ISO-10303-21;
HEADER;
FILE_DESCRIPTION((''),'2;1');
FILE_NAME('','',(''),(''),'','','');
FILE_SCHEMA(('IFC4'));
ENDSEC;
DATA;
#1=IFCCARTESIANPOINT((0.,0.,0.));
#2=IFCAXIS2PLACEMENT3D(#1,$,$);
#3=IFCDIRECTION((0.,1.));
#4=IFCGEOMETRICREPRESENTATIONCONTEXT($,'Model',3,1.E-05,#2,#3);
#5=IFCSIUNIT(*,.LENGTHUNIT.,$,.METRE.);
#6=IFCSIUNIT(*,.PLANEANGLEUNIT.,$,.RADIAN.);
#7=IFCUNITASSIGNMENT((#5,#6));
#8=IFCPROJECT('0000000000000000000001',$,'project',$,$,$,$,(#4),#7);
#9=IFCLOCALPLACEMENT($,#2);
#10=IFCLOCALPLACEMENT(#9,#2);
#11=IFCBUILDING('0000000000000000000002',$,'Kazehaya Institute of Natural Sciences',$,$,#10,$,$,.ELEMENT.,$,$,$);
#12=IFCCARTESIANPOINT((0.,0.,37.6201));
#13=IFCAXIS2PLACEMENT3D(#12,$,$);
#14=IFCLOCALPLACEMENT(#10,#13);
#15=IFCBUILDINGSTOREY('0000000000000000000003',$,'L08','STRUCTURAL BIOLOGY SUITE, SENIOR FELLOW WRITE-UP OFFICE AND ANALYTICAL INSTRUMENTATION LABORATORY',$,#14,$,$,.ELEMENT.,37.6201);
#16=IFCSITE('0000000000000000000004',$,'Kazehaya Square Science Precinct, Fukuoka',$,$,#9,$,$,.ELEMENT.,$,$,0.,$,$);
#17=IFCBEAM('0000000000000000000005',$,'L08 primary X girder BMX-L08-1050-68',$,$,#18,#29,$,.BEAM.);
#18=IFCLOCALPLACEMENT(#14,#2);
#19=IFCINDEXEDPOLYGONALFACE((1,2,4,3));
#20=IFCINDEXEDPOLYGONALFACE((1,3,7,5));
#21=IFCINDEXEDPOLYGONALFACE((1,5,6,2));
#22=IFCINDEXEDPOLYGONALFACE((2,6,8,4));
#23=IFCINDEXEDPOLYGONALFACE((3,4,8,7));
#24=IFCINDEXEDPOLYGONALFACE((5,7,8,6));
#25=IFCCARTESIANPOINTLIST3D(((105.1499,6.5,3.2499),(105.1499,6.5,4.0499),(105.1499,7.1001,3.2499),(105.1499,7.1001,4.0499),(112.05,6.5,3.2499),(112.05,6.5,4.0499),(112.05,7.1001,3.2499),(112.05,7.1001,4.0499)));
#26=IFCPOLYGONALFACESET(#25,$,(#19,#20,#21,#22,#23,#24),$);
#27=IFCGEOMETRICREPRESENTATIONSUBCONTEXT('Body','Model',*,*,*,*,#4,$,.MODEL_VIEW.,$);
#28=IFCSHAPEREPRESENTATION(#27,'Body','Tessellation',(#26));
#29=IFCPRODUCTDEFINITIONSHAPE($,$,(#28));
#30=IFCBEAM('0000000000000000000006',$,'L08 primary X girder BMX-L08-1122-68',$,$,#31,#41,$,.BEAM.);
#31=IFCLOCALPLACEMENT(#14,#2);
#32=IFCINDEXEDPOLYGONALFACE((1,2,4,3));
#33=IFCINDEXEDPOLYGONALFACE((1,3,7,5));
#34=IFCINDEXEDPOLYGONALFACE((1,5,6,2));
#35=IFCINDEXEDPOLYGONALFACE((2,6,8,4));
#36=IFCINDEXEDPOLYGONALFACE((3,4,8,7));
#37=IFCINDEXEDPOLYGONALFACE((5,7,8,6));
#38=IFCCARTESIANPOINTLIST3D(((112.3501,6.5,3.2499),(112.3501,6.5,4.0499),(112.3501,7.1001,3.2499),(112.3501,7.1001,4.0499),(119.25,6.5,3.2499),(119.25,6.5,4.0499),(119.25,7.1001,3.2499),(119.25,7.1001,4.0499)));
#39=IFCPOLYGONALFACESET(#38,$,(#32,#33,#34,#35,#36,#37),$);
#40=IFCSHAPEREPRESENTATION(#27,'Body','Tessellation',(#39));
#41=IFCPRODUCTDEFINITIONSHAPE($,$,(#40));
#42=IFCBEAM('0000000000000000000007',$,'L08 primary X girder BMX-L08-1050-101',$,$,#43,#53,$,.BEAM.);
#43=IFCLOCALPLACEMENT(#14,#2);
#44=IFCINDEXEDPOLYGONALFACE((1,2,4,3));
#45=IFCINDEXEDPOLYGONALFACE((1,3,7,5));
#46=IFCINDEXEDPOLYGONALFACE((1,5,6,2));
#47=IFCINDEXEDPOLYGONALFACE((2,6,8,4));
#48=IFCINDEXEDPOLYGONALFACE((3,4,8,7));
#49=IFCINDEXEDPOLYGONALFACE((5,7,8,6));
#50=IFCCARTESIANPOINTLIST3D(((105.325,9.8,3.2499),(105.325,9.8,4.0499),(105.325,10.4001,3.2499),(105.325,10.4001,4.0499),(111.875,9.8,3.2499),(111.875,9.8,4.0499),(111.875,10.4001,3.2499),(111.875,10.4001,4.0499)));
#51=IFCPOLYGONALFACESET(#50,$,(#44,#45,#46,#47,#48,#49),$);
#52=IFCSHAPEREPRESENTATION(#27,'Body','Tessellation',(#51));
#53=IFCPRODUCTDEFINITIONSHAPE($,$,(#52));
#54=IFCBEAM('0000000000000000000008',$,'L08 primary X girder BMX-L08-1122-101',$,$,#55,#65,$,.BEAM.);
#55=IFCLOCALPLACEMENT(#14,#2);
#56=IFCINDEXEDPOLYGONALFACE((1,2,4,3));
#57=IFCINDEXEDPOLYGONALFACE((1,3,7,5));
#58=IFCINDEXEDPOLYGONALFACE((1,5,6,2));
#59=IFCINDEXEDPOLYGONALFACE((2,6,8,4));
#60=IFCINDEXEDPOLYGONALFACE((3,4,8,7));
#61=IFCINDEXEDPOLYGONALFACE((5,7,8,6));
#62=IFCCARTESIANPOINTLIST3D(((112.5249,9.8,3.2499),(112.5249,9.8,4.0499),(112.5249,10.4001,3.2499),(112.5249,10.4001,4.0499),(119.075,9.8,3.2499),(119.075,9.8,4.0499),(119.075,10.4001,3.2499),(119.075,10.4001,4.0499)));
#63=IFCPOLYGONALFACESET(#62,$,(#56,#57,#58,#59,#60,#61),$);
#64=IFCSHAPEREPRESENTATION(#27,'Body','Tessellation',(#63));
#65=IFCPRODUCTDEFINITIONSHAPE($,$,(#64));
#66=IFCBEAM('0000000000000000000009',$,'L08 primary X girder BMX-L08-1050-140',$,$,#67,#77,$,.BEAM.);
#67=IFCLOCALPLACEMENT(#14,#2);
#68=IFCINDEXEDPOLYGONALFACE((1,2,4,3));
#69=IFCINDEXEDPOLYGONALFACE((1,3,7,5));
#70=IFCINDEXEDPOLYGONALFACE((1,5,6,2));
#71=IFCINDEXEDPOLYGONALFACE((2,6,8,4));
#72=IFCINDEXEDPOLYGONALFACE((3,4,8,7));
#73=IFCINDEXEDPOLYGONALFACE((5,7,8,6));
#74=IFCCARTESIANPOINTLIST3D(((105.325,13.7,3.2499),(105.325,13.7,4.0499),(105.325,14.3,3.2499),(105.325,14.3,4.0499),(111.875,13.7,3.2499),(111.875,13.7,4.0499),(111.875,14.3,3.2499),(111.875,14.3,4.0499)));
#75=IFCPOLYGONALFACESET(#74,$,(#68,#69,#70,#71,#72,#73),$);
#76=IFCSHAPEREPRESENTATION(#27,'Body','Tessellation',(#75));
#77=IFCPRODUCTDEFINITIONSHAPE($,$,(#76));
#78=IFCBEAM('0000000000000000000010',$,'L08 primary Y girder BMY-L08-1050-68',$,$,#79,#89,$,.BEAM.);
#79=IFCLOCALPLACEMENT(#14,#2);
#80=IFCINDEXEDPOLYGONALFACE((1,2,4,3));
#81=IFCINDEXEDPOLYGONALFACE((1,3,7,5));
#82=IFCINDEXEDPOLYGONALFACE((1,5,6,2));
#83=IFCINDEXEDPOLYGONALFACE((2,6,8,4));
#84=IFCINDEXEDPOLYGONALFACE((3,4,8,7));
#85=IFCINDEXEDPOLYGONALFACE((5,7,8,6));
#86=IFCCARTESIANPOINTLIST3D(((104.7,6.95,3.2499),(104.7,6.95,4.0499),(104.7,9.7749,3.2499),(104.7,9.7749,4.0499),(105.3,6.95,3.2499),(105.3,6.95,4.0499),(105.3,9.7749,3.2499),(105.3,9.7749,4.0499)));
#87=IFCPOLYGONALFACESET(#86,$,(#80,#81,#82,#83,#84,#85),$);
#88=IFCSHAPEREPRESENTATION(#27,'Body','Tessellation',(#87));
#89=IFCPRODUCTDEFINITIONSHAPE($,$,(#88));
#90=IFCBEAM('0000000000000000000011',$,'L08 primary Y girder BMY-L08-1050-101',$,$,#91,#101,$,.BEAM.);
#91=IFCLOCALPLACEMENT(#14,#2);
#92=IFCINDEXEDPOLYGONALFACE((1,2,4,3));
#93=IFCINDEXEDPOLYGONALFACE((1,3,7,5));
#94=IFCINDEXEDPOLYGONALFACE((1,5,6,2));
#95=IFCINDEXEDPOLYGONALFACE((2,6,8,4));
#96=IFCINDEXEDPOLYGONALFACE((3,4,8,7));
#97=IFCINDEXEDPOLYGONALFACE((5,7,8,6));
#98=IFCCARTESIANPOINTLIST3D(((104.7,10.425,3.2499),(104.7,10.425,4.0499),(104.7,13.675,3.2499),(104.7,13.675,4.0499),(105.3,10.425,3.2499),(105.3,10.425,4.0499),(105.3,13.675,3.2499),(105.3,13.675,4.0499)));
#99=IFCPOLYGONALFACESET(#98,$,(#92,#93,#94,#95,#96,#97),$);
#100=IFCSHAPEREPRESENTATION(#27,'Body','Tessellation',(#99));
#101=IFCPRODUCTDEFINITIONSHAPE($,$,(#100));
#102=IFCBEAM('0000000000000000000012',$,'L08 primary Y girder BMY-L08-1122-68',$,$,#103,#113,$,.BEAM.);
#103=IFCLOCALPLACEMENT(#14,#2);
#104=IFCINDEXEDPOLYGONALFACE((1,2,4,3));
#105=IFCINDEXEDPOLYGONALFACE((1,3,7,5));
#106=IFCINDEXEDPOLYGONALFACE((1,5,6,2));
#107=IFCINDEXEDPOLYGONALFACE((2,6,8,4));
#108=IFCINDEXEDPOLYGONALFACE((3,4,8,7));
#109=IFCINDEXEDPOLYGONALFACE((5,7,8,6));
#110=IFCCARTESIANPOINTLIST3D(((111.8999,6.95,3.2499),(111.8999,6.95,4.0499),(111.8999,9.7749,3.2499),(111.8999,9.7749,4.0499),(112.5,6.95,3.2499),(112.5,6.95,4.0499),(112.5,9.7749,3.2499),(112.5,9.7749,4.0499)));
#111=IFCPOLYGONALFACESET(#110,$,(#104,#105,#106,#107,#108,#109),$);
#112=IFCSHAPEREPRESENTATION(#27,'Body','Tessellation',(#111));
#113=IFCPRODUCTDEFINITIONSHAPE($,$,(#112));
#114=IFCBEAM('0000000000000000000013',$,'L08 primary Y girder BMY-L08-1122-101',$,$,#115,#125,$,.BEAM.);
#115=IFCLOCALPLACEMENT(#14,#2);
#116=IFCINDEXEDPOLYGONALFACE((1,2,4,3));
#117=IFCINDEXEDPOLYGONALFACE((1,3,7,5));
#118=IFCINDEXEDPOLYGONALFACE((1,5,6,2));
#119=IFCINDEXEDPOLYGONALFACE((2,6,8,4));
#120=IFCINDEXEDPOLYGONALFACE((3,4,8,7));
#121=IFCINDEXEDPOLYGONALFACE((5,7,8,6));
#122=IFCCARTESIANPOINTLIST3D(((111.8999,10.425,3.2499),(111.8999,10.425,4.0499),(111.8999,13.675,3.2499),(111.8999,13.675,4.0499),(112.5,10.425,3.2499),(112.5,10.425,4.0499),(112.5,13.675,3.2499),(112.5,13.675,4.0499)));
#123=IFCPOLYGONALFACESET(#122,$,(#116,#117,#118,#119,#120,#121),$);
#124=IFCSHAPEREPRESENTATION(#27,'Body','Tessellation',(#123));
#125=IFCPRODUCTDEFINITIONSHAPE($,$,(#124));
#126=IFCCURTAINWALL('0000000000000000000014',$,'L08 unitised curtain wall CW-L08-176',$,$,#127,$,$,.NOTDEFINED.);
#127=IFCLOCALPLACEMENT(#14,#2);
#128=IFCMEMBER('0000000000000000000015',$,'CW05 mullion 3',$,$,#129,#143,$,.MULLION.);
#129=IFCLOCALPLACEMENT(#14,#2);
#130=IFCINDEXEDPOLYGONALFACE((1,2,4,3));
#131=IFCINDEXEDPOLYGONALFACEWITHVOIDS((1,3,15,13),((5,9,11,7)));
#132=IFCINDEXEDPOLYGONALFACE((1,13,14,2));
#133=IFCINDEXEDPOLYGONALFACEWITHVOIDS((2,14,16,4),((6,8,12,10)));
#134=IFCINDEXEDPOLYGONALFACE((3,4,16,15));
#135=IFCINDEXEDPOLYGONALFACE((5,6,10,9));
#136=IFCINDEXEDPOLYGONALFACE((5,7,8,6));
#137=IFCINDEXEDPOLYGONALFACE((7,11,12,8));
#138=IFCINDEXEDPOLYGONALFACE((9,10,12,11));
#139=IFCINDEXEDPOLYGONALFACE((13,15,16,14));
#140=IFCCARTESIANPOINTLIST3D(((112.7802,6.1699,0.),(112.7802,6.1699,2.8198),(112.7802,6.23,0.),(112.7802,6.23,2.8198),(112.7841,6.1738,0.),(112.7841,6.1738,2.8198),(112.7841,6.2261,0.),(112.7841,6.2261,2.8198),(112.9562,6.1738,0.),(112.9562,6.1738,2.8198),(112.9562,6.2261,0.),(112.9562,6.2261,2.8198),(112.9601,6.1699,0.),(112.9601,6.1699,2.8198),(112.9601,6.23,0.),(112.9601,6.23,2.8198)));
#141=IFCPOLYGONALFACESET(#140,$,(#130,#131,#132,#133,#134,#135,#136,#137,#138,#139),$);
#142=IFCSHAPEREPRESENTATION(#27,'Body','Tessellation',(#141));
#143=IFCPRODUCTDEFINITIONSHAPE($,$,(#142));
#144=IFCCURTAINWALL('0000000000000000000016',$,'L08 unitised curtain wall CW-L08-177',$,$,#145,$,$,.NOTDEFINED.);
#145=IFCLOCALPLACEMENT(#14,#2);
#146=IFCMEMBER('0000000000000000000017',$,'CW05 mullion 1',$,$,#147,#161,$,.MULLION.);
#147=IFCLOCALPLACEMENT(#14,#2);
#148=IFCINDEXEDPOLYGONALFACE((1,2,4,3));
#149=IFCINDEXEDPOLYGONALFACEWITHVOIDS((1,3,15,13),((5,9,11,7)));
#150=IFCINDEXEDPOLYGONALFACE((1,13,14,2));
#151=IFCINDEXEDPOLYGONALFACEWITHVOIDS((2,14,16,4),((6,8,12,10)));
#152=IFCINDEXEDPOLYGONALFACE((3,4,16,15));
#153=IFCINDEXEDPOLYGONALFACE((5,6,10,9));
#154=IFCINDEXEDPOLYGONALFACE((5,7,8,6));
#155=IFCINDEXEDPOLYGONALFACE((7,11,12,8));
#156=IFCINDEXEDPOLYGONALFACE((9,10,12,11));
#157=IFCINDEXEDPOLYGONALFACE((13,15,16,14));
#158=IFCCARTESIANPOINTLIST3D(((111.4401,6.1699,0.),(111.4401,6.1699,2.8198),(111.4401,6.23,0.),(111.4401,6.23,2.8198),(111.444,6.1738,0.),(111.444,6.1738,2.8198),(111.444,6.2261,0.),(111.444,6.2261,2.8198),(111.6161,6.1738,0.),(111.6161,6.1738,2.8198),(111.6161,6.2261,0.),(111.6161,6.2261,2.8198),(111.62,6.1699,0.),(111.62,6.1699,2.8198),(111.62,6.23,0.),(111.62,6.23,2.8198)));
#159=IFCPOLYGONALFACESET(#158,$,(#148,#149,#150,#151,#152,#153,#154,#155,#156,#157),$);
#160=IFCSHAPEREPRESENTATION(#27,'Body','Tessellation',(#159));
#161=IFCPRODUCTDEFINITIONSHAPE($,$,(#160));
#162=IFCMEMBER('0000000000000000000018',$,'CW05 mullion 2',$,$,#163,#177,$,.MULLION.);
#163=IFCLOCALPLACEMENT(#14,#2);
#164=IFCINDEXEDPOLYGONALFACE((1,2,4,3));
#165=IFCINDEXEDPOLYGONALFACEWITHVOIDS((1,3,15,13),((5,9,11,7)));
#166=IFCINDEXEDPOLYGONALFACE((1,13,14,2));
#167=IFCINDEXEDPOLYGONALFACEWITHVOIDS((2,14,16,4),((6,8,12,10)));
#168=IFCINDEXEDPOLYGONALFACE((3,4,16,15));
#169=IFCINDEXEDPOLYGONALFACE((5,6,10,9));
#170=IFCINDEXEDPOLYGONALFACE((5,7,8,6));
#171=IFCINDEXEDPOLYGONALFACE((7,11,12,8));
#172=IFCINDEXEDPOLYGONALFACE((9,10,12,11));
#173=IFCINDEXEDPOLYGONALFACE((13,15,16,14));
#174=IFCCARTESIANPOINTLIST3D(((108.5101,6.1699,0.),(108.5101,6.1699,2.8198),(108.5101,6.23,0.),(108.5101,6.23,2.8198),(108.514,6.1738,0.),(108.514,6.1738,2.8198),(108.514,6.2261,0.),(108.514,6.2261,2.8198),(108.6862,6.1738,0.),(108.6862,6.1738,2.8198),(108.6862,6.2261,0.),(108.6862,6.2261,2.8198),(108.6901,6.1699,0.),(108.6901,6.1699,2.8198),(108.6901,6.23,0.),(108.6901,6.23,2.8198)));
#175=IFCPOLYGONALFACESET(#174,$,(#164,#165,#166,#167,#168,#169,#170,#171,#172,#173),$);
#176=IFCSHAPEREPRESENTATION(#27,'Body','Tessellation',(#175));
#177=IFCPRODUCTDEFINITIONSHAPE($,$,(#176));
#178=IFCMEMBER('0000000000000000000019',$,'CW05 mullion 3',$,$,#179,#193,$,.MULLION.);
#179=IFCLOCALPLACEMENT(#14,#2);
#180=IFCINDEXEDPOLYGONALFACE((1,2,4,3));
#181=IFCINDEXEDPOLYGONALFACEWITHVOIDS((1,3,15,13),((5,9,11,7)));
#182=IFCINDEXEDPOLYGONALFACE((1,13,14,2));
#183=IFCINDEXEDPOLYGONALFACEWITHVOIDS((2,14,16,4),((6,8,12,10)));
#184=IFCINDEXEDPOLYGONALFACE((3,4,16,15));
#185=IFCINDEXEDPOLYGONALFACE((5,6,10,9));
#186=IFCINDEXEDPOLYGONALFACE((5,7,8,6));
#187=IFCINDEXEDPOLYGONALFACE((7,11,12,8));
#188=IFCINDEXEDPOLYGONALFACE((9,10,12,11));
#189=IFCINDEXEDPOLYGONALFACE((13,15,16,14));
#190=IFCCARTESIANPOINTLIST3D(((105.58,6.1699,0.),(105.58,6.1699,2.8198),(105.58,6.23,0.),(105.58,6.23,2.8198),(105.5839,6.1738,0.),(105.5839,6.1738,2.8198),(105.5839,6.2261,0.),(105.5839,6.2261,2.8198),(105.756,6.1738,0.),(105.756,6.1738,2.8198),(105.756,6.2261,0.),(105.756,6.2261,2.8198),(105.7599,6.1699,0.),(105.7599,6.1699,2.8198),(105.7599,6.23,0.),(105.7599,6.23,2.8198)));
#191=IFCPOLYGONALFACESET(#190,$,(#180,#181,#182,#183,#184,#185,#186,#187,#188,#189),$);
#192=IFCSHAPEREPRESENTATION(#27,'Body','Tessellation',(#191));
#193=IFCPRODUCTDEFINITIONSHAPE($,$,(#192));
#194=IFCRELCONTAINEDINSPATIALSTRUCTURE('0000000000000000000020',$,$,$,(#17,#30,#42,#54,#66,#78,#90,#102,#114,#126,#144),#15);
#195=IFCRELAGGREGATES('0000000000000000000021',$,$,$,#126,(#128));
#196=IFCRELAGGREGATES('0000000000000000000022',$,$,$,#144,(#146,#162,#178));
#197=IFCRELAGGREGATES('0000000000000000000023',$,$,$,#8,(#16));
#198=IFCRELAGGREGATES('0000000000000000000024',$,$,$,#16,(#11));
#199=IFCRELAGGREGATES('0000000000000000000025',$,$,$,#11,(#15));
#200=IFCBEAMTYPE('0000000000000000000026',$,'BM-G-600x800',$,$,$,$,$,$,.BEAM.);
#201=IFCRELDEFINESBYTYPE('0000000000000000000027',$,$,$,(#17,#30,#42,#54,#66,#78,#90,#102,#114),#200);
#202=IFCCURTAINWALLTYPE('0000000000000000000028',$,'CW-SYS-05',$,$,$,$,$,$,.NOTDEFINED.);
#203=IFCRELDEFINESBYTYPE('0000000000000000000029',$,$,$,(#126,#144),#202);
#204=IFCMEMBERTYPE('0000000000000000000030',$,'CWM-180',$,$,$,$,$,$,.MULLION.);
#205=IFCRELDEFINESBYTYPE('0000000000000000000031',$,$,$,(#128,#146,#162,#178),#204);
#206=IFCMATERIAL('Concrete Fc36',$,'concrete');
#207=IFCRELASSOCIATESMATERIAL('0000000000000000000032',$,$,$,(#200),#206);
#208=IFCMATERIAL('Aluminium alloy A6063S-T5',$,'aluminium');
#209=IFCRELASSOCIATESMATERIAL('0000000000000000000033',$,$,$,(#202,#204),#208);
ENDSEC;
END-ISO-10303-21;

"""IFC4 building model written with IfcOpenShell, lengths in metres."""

from ifc_helpers import new_model, si_unit, direction, frame, origin, origin_2d, place, context, subcontext, project, spatial, rectangle, hollow_rectangle, extrude, material, material_profile, profile_set, type_object, element, aggregate, save


model = new_model("IFC4")

# Units and contexts
model_context = context("Model", 3, precision=1e-05, world=origin(), true_north=direction((0.0, 1.0)))
body_context = subcontext(model_context, "Body", "Model", "MODEL_VIEW")
ifc_project = project(units=[si_unit("LENGTHUNIT", "METRE"), si_unit("PLANEANGLEUNIT", "RADIAN")], contexts=[model_context])

# Site, building, storey
site_placement = place(None, origin())
site = spatial("IfcSite", under=ifc_project, at=site_placement, Name="Kazehaya Square Science Precinct, Fukuoka", CompositionType="ELEMENT", RefElevation=0.0)
building_placement = place(site_placement, origin())
building = spatial("IfcBuilding", under=site, at=building_placement, Name="Kazehaya Institute of Natural Sciences", CompositionType="ELEMENT")
storey_placement = place(building_placement, frame((0.0, 0.0, 37.6201)))
storey = spatial("IfcBuildingStorey", under=building, at=storey_placement, Name="L08", Description="STRUCTURAL BIOLOGY SUITE, SENIOR FELLOW WRITE-UP OFFICE AND ANALYTICAL INSTRUMENTATION LABORATORY", CompositionType="ELEMENT", Elevation=37.6201)

# Shared definitions
ifc_material_1 = material(Name="Concrete Fc36", Category="concrete")

# Beams
ifc_material_profile_1 = material_profile(ifc_material_1, rectangle(XDim=0.6001, YDim=0.8, at=origin_2d()), Name="RC-600x800")
ifc_profile_set_1 = profile_set([ifc_material_profile_1], Name="Concrete Fc36")
beam_type = type_object("IfcBeamType", Name="BM-G-600x800", PredefinedType="BEAM", material=ifc_profile_set_1)
beam_1_placement = place(storey_placement, frame((105.1499, 6.8, 3.6499), z_axis=(1.0, 0.0, 0.0), x_axis=(0.0, 1.0, 0.0)))
element("IfcBeam", 1, at=beam_1_placement, inside=storey, type_object=beam_type, Name="L08 primary X girder BMX-L08-1050-68", PredefinedType="BEAM", context=body_context, shape_type="SweptSolid", body=[
    extrude(rectangle(XDim=0.6001, YDim=0.8, at=origin_2d()), origin(), (0.0, 0.0, 1.0), 6.9001),
])
beam_2_placement = place(storey_placement, frame((112.3501, 6.8, 3.6499), z_axis=(1.0, 0.0, 0.0), x_axis=(0.0, 1.0, 0.0)))
element("IfcBeam", 2, at=beam_2_placement, inside=storey, type_object=beam_type, Name="L08 primary X girder BMX-L08-1122-68", PredefinedType="BEAM", context=body_context, shape_type="SweptSolid", body=[
    extrude(rectangle(XDim=0.6001, YDim=0.8, at=origin_2d()), origin(), (0.0, 0.0, 1.0), 6.8999),
])
for number, where, z_axis, x_axis, name in (
    (3, (105.325, 10.1001, 3.6499), (1.0, 0.0, 0.0), (0.0, 1.0, 0.0), "L08 primary X girder BMX-L08-1050-101"),
    (4, (112.5249, 10.1001, 3.6499), (1.0, 0.0, 0.0), (0.0, 1.0, 0.0), "L08 primary X girder BMX-L08-1122-101"),
    (5, (105.325, 14.0, 3.6499), (1.0, 0.0, 0.0), (0.0, 1.0, 0.0), "L08 primary X girder BMX-L08-1050-140"),
):
    element("IfcBeam", number, at=place(storey_placement, frame(where, z_axis=z_axis, x_axis=x_axis)), inside=storey, type_object=beam_type, Name=name, PredefinedType="BEAM", context=body_context, shape_type="SweptSolid", body=[
        extrude(rectangle(XDim=0.6001, YDim=0.8, at=origin_2d()), origin(), (0.0, 0.0, 1.0), 6.55),
    ])
beam_3_placement = place(storey_placement, frame((105.0, 6.95, 3.6499), z_axis=(0.0, 1.0, 0.0), x_axis=(-1.0, 0.0, 0.0)))
element("IfcBeam", 6, at=beam_3_placement, inside=storey, type_object=beam_type, Name="L08 primary Y girder BMY-L08-1050-68", PredefinedType="BEAM", context=body_context, shape_type="SweptSolid", body=[
    extrude(rectangle(XDim=0.6001, YDim=0.8, at=origin_2d()), origin(), (0.0, 0.0, 1.0), 2.825),
])
beam_4_placement = place(storey_placement, frame((105.0, 10.425, 3.6499), z_axis=(0.0, 1.0, 0.0), x_axis=(-1.0, 0.0, 0.0)))
element("IfcBeam", 7, at=beam_4_placement, inside=storey, type_object=beam_type, Name="L08 primary Y girder BMY-L08-1050-101", PredefinedType="BEAM", context=body_context, shape_type="SweptSolid", body=[
    extrude(rectangle(XDim=0.6001, YDim=0.8, at=origin_2d()), origin(), (0.0, 0.0, 1.0), 3.25),
])
beam_5_placement = place(storey_placement, frame((112.2, 6.95, 3.6499), z_axis=(0.0, 1.0, 0.0), x_axis=(-1.0, 0.0, 0.0)))
element("IfcBeam", 8, at=beam_5_placement, inside=storey, type_object=beam_type, Name="L08 primary Y girder BMY-L08-1122-68", PredefinedType="BEAM", context=body_context, shape_type="SweptSolid", body=[
    extrude(rectangle(XDim=0.6001, YDim=0.8, at=origin_2d()), origin(), (0.0, 0.0, 1.0), 2.825),
])
beam_6_placement = place(storey_placement, frame((112.2, 10.425, 3.6499), z_axis=(0.0, 1.0, 0.0), x_axis=(-1.0, 0.0, 0.0)))
element("IfcBeam", 9, at=beam_6_placement, inside=storey, type_object=beam_type, Name="L08 primary Y girder BMY-L08-1122-101", PredefinedType="BEAM", context=body_context, shape_type="SweptSolid", body=[
    extrude(rectangle(XDim=0.6001, YDim=0.8, at=origin_2d()), origin(), (0.0, 0.0, 1.0), 3.25),
])

# Curtain wall, member
ifc_material_2 = material(Name="Aluminium alloy A6063S-T5", Category="aluminium")
curtain_wall_type = type_object("IfcCurtainWallType", Name="CW-SYS-05", PredefinedType="NOTDEFINED", material=ifc_material_2)
curtain_wall_1_placement = place(storey_placement, origin())
curtain_wall_1 = element("IfcCurtainWall", 10, at=curtain_wall_1_placement, inside=storey, type_object=curtain_wall_type, Name="L08 unitised curtain wall CW-L08-176", PredefinedType="NOTDEFINED")
ifc_material_profile_2 = material_profile(ifc_material_2, hollow_rectangle(XDim=0.0601, YDim=0.1799, WallThickness=0.0039, at=origin_2d()), Name="ALU-60x180x4")
ifc_profile_set_2 = profile_set([ifc_material_profile_2], Name="Aluminium alloy A6063S-T5")
member_type_1 = type_object("IfcMemberType", Name="CWM-180", PredefinedType="MULLION", material=ifc_profile_set_2)
member_1_placement = place(storey_placement, frame((112.8701, 6.2, 0.0), z_axis=(0.0, 0.0, 1.0), x_axis=(0.0, -1.0, 0.0)))
member_1 = element("IfcMember", 11, at=member_1_placement, type_object=member_type_1, Name="CW05 mullion 3", PredefinedType="MULLION", context=body_context, shape_type="SweptSolid", body=[
    extrude(hollow_rectangle(XDim=0.0601, YDim=0.1799, WallThickness=0.0039, at=origin_2d()), origin(), (0.0, 0.0, 1.0), 2.8198),
])

# Curtain wall, members
curtain_wall_2_placement = place(storey_placement, origin())
curtain_wall_2 = element("IfcCurtainWall", 12, at=curtain_wall_2_placement, inside=storey, type_object=curtain_wall_type, Name="L08 unitised curtain wall CW-L08-177", PredefinedType="NOTDEFINED")
member_2_placement = place(storey_placement, frame((111.53, 6.2, 0.0), z_axis=(0.0, 0.0, 1.0), x_axis=(0.0, -1.0, 0.0)))
member_2 = element("IfcMember", 13, at=member_2_placement, type_object=member_type_1, Name="CW05 mullion 1", PredefinedType="MULLION", context=body_context, shape_type="SweptSolid", body=[
    extrude(hollow_rectangle(XDim=0.0601, YDim=0.1799, WallThickness=0.0039, at=origin_2d()), origin(), (0.0, 0.0, 1.0), 2.8198),
])
member_3_placement = place(storey_placement, frame((108.6001, 6.2, 0.0), z_axis=(0.0, 0.0, 1.0), x_axis=(0.0, -1.0, 0.0)))
member_3 = element("IfcMember", 14, at=member_3_placement, type_object=member_type_1, Name="CW05 mullion 2", PredefinedType="MULLION", context=body_context, shape_type="SweptSolid", body=[
    extrude(hollow_rectangle(XDim=0.0601, YDim=0.1799, WallThickness=0.0039, at=origin_2d()), origin(), (0.0, 0.0, 1.0), 2.8198),
])
member_4_placement = place(storey_placement, frame((105.6699, 6.2, 0.0), z_axis=(0.0, 0.0, 1.0), x_axis=(0.0, -1.0, 0.0)))
member_4 = element("IfcMember", 15, at=member_4_placement, type_object=member_type_1, Name="CW05 mullion 3", PredefinedType="MULLION", context=body_context, shape_type="SweptSolid", body=[
    extrude(hollow_rectangle(XDim=0.0601, YDim=0.1799, WallThickness=0.0039, at=origin_2d()), origin(), (0.0, 0.0, 1.0), 2.8198),
])

aggregate(curtain_wall_1, [member_1])
aggregate(curtain_wall_2, [member_2, member_3, member_4])

save(model, "model.ifc")
